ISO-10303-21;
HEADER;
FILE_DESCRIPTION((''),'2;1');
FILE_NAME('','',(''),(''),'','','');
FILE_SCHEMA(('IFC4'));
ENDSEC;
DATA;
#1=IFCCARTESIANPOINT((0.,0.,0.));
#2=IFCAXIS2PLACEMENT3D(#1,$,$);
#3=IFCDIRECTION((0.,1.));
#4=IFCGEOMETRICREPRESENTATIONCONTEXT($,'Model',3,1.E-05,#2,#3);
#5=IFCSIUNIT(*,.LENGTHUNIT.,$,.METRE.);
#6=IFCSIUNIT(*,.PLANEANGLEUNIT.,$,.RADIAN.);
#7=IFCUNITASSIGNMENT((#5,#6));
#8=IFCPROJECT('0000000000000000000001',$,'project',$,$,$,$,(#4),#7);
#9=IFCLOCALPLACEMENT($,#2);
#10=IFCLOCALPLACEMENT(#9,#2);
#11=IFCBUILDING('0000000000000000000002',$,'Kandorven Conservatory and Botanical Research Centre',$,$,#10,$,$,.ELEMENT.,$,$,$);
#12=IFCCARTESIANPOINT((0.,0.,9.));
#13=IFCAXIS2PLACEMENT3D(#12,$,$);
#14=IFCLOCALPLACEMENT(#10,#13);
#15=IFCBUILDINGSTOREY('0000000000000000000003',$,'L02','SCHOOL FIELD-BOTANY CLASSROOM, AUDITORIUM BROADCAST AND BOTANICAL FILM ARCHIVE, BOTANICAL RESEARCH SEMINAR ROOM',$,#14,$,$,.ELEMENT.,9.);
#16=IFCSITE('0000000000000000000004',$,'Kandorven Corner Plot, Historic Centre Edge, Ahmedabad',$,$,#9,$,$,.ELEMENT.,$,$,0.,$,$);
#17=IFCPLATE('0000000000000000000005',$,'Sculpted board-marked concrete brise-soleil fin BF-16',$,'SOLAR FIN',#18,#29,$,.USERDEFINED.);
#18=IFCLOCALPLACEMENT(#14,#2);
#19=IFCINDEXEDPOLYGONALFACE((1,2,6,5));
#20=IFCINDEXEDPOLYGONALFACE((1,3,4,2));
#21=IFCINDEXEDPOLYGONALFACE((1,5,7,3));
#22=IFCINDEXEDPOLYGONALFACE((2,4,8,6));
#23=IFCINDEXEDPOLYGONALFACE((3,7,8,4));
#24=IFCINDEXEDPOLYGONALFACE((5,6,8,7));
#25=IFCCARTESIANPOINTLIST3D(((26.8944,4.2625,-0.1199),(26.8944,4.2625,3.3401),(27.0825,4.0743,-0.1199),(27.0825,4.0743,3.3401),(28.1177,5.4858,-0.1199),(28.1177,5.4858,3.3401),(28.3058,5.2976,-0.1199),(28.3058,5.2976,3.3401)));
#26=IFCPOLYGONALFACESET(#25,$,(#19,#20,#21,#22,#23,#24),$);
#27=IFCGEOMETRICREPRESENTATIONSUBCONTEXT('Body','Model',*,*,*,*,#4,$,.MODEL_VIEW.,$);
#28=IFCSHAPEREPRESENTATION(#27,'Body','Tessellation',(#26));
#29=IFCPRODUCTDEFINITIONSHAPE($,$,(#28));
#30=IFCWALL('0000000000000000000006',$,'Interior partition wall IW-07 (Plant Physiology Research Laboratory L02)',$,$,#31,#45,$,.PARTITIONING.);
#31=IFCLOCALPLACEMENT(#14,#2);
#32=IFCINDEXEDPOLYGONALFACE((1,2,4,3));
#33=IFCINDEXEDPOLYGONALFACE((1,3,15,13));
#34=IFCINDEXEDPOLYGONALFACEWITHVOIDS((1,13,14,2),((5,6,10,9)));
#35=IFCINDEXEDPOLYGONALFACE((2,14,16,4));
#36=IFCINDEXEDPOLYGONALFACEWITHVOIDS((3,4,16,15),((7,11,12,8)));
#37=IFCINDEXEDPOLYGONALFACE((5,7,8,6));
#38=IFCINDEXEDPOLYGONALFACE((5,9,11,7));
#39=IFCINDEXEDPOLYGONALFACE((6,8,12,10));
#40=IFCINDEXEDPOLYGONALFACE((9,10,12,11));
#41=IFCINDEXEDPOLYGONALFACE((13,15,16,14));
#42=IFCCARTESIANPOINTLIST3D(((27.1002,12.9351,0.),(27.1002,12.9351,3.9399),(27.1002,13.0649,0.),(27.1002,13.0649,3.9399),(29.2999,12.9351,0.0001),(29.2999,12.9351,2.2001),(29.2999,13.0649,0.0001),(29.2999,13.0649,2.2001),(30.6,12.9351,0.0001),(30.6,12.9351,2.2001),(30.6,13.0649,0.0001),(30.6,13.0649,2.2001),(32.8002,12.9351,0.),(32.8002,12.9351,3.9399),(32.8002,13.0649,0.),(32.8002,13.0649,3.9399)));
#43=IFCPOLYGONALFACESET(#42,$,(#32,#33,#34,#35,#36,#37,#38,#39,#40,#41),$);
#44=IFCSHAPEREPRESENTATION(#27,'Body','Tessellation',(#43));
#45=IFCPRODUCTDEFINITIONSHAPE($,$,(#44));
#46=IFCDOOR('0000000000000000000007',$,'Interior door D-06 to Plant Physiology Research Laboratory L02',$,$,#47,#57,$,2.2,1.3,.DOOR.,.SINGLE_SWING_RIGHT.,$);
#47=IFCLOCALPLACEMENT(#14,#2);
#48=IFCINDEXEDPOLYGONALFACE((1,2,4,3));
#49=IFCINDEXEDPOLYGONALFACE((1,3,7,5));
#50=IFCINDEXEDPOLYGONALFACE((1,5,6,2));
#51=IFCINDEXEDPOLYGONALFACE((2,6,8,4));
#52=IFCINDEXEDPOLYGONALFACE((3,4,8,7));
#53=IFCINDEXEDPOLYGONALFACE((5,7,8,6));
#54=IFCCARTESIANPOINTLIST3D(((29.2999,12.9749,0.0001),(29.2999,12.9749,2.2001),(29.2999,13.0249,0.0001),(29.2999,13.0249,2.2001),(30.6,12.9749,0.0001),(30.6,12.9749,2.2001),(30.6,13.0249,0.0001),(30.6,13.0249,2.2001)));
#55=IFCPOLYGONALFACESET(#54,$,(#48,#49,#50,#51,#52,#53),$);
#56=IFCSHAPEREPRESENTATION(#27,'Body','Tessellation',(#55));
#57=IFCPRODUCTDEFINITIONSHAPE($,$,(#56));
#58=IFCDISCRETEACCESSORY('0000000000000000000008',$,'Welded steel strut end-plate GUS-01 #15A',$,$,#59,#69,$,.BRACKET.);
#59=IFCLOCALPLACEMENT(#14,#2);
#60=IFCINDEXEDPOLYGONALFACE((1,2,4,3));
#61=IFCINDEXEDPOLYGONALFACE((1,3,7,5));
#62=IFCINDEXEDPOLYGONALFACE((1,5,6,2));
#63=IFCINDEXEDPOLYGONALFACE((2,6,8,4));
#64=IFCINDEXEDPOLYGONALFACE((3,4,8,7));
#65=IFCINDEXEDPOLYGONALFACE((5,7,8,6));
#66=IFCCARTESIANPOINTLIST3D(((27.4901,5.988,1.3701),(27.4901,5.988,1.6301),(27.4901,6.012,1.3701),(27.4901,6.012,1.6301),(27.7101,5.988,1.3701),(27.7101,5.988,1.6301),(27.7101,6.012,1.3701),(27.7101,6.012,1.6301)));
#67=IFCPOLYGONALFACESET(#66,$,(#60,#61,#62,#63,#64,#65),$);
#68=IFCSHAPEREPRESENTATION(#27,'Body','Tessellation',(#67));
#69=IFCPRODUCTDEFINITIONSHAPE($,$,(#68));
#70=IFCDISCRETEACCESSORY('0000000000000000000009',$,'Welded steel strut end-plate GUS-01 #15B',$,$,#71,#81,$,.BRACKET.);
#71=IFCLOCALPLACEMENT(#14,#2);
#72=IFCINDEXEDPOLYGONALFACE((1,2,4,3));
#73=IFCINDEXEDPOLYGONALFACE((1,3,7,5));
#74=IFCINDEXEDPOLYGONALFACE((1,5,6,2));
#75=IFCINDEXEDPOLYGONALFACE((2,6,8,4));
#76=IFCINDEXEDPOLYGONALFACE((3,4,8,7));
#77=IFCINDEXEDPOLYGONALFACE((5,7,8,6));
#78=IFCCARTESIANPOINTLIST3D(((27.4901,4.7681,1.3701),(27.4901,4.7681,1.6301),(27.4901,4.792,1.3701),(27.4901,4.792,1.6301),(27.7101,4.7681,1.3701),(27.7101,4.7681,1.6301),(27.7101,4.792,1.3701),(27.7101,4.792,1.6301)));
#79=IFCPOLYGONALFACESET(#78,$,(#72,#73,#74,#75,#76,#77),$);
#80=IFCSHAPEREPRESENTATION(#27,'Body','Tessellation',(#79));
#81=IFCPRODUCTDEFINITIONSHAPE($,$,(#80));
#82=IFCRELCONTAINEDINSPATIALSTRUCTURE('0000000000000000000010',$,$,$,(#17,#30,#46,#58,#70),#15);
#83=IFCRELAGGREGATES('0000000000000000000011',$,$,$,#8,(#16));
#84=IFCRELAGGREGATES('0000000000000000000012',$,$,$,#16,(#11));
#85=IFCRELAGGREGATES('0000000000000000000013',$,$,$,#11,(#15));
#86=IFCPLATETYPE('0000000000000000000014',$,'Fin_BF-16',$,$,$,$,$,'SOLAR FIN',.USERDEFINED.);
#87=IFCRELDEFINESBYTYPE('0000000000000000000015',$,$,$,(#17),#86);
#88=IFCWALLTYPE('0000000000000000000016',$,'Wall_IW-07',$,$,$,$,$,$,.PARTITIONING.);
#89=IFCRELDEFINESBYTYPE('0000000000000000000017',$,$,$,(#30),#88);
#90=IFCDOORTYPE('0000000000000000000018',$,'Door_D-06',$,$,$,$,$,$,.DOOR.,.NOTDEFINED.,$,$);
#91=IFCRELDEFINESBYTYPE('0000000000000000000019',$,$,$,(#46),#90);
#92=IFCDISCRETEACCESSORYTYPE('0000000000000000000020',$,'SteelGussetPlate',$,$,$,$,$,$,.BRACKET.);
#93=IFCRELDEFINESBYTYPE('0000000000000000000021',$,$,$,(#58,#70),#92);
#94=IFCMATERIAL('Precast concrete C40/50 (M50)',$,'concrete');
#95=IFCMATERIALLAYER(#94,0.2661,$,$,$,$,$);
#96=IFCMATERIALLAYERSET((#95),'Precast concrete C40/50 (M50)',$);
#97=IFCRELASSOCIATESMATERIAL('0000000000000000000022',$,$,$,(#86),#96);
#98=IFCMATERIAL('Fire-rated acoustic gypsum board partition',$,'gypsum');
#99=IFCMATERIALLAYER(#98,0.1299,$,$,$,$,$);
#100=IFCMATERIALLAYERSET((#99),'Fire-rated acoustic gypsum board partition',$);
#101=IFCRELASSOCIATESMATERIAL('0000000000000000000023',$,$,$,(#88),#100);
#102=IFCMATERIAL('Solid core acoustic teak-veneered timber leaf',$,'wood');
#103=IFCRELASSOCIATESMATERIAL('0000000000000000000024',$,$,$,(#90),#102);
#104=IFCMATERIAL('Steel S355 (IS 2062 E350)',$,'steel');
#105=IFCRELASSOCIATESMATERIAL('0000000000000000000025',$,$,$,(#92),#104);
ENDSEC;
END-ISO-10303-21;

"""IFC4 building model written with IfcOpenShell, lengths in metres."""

from ifc_helpers import new_model, si_unit, direction, frame, frame_2d, origin, origin_2d, place, context, subcontext, project, spatial, rectangle, extrude, material, layer, layer_set, type_object, element, fill, save


model = new_model("IFC4")

# Units and contexts
model_context = context("Model", 3, precision=1e-05, world=origin(), true_north=direction((0.0, 1.0)))
body_context = subcontext(model_context, "Body", "Model", "MODEL_VIEW")
ifc_project = project(units=[si_unit("LENGTHUNIT", "METRE"), si_unit("PLANEANGLEUNIT", "RADIAN")], contexts=[model_context])

# Site, building, storey
site_placement = place(None, origin())
site = spatial("IfcSite", under=ifc_project, at=site_placement, Name="Kandorven Corner Plot, Historic Centre Edge, Ahmedabad", CompositionType="ELEMENT", RefElevation=0.0)
building_placement = place(site_placement, origin())
building = spatial("IfcBuilding", under=site, at=building_placement, Name="Kandorven Conservatory and Botanical Research Centre", CompositionType="ELEMENT")
storey_placement = place(building_placement, frame((0.0, 0.0, 9.0)))
storey = spatial("IfcBuildingStorey", under=building, at=storey_placement, Name="L02", Description="SCHOOL FIELD-BOTANY CLASSROOM, AUDITORIUM BROADCAST AND BOTANICAL FILM ARCHIVE, BOTANICAL RESEARCH SEMINAR ROOM", CompositionType="ELEMENT", Elevation=9.0)

# Plate
ifc_material_1 = material(Name="Precast concrete C40/50 (M50)", Category="concrete")
ifc_layer_1 = layer(ifc_material_1, 0.2661)
ifc_layer_set_1 = layer_set([ifc_layer_1], Name="Precast concrete C40/50 (M50)")
plate_type_1 = type_object("IfcPlateType", Name="Fin_BF-16", ElementType="SOLAR FIN", PredefinedType="USERDEFINED", material=ifc_layer_set_1)
plate_1_placement = place(storey_placement, frame((27.6001, 4.78, -0.1199), z_axis=(0.0, 0.0, 1.0), x_axis=(0.707107, 0.707107, 0.0)))
element("IfcPlate", 1, at=plate_1_placement, inside=storey, type_object=plate_type_1, Name="Sculpted board-marked concrete brise-soleil fin BF-16", ObjectType="SOLAR FIN", PredefinedType="USERDEFINED", context=body_context, shape_type="SweptSolid", body=[
    extrude(rectangle(XDim=1.73, YDim=0.2661, at=origin_2d()), origin(), (0.0, 0.0, 1.0), 3.46),
])

# Wall, opening, door
ifc_material_2 = material(Name="Fire-rated acoustic gypsum board partition", Category="gypsum")
ifc_layer_2 = layer(ifc_material_2, 0.1299)
ifc_layer_set_2 = layer_set([ifc_layer_2], Name="Fire-rated acoustic gypsum board partition")
wall_type = type_object("IfcWallType", Name="Wall_IW-07", PredefinedType="PARTITIONING", material=ifc_layer_set_2)
wall_placement = place(storey_placement, frame((27.1001, 13.0, 0.0), z_axis=(0.0, 0.0, 1.0), x_axis=(1.0, 0.0, 0.0)))
wall = element("IfcWall", 2, at=wall_placement, inside=storey, type_object=wall_type, Name="Interior partition wall IW-07 (Plant Physiology Research Laboratory L02)", PredefinedType="PARTITIONING", context=body_context, shape_type="SweptSolid", body=[
    extrude(rectangle(XDim=5.7, YDim=0.1299, at=frame_2d((2.8501, 0.0))), origin(), (0.0, 0.0, 1.0), 3.9399),
])
opening_placement = place(wall_placement, frame((2.2, 0.0, 0.0)))
opening = element("IfcOpeningElement", 3, at=opening_placement, cuts=wall, PredefinedType="OPENING", context=body_context, shape_type="SweptSolid", body=[
    extrude(rectangle(XDim=1.3, YDim=2.2, at=frame_2d((0.6499, 1.1001))), frame((0.0, 0.075, 0.0), z_axis=(0.0, -1.0, 0.0), x_axis=(1.0, 0.0, 0.0)), (0.0, 0.0, 1.0), 0.1499),
])
ifc_material_3 = material(Name="Solid core acoustic teak-veneered timber leaf", Category="wood")
door_type = type_object("IfcDoorType", Name="Door_D-06", OperationType="NOTDEFINED", PredefinedType="DOOR", material=ifc_material_3)
door_placement = place(opening_placement, origin())
door = element("IfcDoor", 4, at=door_placement, inside=storey, type_object=door_type, Name="Interior door D-06 to Plant Physiology Research Laboratory L02", OperationType="SINGLE_SWING_RIGHT", OverallHeight=2.2, OverallWidth=1.3, PredefinedType="DOOR", context=body_context, shape_type="SweptSolid", body=[
    extrude(rectangle(XDim=1.3, YDim=2.2, at=frame_2d((0.6499, 1.1001))), frame((0.0, 0.0249, 0.0), z_axis=(0.0, -1.0, 0.0), x_axis=(1.0, 0.0, 0.0)), (0.0, 0.0, 1.0), 0.05),
])
fill(opening, door)

# Discrete accessories
ifc_material_4 = material(Name="Steel S355 (IS 2062 E350)", Category="steel")
discrete_accessory_type = type_object("IfcDiscreteAccessoryType", Name="SteelGussetPlate", PredefinedType="BRACKET", material=ifc_material_4)
for number, where, z_axis, x_axis, name in (
    (5, (27.6001, 6.0, 1.3701), (0.0, 0.0, 1.0), (1.0, 0.0, 0.0), "Welded steel strut end-plate GUS-01 #15A"),
    (6, (27.6001, 4.78, 1.3701), (0.0, 0.0, 1.0), (1.0, 0.0, 0.0), "Welded steel strut end-plate GUS-01 #15B"),
):
    element("IfcDiscreteAccessory", number, at=place(storey_placement, frame(where, z_axis=z_axis, x_axis=x_axis)), inside=storey, type_object=discrete_accessory_type, Name=name, PredefinedType="BRACKET", context=body_context, shape_type="SweptSolid", body=[
        extrude(rectangle(XDim=0.22, YDim=0.0239, at=origin_2d()), origin(), (0.0, 0.0, 1.0), 0.26),
    ])

save(model, "model.ifc")
